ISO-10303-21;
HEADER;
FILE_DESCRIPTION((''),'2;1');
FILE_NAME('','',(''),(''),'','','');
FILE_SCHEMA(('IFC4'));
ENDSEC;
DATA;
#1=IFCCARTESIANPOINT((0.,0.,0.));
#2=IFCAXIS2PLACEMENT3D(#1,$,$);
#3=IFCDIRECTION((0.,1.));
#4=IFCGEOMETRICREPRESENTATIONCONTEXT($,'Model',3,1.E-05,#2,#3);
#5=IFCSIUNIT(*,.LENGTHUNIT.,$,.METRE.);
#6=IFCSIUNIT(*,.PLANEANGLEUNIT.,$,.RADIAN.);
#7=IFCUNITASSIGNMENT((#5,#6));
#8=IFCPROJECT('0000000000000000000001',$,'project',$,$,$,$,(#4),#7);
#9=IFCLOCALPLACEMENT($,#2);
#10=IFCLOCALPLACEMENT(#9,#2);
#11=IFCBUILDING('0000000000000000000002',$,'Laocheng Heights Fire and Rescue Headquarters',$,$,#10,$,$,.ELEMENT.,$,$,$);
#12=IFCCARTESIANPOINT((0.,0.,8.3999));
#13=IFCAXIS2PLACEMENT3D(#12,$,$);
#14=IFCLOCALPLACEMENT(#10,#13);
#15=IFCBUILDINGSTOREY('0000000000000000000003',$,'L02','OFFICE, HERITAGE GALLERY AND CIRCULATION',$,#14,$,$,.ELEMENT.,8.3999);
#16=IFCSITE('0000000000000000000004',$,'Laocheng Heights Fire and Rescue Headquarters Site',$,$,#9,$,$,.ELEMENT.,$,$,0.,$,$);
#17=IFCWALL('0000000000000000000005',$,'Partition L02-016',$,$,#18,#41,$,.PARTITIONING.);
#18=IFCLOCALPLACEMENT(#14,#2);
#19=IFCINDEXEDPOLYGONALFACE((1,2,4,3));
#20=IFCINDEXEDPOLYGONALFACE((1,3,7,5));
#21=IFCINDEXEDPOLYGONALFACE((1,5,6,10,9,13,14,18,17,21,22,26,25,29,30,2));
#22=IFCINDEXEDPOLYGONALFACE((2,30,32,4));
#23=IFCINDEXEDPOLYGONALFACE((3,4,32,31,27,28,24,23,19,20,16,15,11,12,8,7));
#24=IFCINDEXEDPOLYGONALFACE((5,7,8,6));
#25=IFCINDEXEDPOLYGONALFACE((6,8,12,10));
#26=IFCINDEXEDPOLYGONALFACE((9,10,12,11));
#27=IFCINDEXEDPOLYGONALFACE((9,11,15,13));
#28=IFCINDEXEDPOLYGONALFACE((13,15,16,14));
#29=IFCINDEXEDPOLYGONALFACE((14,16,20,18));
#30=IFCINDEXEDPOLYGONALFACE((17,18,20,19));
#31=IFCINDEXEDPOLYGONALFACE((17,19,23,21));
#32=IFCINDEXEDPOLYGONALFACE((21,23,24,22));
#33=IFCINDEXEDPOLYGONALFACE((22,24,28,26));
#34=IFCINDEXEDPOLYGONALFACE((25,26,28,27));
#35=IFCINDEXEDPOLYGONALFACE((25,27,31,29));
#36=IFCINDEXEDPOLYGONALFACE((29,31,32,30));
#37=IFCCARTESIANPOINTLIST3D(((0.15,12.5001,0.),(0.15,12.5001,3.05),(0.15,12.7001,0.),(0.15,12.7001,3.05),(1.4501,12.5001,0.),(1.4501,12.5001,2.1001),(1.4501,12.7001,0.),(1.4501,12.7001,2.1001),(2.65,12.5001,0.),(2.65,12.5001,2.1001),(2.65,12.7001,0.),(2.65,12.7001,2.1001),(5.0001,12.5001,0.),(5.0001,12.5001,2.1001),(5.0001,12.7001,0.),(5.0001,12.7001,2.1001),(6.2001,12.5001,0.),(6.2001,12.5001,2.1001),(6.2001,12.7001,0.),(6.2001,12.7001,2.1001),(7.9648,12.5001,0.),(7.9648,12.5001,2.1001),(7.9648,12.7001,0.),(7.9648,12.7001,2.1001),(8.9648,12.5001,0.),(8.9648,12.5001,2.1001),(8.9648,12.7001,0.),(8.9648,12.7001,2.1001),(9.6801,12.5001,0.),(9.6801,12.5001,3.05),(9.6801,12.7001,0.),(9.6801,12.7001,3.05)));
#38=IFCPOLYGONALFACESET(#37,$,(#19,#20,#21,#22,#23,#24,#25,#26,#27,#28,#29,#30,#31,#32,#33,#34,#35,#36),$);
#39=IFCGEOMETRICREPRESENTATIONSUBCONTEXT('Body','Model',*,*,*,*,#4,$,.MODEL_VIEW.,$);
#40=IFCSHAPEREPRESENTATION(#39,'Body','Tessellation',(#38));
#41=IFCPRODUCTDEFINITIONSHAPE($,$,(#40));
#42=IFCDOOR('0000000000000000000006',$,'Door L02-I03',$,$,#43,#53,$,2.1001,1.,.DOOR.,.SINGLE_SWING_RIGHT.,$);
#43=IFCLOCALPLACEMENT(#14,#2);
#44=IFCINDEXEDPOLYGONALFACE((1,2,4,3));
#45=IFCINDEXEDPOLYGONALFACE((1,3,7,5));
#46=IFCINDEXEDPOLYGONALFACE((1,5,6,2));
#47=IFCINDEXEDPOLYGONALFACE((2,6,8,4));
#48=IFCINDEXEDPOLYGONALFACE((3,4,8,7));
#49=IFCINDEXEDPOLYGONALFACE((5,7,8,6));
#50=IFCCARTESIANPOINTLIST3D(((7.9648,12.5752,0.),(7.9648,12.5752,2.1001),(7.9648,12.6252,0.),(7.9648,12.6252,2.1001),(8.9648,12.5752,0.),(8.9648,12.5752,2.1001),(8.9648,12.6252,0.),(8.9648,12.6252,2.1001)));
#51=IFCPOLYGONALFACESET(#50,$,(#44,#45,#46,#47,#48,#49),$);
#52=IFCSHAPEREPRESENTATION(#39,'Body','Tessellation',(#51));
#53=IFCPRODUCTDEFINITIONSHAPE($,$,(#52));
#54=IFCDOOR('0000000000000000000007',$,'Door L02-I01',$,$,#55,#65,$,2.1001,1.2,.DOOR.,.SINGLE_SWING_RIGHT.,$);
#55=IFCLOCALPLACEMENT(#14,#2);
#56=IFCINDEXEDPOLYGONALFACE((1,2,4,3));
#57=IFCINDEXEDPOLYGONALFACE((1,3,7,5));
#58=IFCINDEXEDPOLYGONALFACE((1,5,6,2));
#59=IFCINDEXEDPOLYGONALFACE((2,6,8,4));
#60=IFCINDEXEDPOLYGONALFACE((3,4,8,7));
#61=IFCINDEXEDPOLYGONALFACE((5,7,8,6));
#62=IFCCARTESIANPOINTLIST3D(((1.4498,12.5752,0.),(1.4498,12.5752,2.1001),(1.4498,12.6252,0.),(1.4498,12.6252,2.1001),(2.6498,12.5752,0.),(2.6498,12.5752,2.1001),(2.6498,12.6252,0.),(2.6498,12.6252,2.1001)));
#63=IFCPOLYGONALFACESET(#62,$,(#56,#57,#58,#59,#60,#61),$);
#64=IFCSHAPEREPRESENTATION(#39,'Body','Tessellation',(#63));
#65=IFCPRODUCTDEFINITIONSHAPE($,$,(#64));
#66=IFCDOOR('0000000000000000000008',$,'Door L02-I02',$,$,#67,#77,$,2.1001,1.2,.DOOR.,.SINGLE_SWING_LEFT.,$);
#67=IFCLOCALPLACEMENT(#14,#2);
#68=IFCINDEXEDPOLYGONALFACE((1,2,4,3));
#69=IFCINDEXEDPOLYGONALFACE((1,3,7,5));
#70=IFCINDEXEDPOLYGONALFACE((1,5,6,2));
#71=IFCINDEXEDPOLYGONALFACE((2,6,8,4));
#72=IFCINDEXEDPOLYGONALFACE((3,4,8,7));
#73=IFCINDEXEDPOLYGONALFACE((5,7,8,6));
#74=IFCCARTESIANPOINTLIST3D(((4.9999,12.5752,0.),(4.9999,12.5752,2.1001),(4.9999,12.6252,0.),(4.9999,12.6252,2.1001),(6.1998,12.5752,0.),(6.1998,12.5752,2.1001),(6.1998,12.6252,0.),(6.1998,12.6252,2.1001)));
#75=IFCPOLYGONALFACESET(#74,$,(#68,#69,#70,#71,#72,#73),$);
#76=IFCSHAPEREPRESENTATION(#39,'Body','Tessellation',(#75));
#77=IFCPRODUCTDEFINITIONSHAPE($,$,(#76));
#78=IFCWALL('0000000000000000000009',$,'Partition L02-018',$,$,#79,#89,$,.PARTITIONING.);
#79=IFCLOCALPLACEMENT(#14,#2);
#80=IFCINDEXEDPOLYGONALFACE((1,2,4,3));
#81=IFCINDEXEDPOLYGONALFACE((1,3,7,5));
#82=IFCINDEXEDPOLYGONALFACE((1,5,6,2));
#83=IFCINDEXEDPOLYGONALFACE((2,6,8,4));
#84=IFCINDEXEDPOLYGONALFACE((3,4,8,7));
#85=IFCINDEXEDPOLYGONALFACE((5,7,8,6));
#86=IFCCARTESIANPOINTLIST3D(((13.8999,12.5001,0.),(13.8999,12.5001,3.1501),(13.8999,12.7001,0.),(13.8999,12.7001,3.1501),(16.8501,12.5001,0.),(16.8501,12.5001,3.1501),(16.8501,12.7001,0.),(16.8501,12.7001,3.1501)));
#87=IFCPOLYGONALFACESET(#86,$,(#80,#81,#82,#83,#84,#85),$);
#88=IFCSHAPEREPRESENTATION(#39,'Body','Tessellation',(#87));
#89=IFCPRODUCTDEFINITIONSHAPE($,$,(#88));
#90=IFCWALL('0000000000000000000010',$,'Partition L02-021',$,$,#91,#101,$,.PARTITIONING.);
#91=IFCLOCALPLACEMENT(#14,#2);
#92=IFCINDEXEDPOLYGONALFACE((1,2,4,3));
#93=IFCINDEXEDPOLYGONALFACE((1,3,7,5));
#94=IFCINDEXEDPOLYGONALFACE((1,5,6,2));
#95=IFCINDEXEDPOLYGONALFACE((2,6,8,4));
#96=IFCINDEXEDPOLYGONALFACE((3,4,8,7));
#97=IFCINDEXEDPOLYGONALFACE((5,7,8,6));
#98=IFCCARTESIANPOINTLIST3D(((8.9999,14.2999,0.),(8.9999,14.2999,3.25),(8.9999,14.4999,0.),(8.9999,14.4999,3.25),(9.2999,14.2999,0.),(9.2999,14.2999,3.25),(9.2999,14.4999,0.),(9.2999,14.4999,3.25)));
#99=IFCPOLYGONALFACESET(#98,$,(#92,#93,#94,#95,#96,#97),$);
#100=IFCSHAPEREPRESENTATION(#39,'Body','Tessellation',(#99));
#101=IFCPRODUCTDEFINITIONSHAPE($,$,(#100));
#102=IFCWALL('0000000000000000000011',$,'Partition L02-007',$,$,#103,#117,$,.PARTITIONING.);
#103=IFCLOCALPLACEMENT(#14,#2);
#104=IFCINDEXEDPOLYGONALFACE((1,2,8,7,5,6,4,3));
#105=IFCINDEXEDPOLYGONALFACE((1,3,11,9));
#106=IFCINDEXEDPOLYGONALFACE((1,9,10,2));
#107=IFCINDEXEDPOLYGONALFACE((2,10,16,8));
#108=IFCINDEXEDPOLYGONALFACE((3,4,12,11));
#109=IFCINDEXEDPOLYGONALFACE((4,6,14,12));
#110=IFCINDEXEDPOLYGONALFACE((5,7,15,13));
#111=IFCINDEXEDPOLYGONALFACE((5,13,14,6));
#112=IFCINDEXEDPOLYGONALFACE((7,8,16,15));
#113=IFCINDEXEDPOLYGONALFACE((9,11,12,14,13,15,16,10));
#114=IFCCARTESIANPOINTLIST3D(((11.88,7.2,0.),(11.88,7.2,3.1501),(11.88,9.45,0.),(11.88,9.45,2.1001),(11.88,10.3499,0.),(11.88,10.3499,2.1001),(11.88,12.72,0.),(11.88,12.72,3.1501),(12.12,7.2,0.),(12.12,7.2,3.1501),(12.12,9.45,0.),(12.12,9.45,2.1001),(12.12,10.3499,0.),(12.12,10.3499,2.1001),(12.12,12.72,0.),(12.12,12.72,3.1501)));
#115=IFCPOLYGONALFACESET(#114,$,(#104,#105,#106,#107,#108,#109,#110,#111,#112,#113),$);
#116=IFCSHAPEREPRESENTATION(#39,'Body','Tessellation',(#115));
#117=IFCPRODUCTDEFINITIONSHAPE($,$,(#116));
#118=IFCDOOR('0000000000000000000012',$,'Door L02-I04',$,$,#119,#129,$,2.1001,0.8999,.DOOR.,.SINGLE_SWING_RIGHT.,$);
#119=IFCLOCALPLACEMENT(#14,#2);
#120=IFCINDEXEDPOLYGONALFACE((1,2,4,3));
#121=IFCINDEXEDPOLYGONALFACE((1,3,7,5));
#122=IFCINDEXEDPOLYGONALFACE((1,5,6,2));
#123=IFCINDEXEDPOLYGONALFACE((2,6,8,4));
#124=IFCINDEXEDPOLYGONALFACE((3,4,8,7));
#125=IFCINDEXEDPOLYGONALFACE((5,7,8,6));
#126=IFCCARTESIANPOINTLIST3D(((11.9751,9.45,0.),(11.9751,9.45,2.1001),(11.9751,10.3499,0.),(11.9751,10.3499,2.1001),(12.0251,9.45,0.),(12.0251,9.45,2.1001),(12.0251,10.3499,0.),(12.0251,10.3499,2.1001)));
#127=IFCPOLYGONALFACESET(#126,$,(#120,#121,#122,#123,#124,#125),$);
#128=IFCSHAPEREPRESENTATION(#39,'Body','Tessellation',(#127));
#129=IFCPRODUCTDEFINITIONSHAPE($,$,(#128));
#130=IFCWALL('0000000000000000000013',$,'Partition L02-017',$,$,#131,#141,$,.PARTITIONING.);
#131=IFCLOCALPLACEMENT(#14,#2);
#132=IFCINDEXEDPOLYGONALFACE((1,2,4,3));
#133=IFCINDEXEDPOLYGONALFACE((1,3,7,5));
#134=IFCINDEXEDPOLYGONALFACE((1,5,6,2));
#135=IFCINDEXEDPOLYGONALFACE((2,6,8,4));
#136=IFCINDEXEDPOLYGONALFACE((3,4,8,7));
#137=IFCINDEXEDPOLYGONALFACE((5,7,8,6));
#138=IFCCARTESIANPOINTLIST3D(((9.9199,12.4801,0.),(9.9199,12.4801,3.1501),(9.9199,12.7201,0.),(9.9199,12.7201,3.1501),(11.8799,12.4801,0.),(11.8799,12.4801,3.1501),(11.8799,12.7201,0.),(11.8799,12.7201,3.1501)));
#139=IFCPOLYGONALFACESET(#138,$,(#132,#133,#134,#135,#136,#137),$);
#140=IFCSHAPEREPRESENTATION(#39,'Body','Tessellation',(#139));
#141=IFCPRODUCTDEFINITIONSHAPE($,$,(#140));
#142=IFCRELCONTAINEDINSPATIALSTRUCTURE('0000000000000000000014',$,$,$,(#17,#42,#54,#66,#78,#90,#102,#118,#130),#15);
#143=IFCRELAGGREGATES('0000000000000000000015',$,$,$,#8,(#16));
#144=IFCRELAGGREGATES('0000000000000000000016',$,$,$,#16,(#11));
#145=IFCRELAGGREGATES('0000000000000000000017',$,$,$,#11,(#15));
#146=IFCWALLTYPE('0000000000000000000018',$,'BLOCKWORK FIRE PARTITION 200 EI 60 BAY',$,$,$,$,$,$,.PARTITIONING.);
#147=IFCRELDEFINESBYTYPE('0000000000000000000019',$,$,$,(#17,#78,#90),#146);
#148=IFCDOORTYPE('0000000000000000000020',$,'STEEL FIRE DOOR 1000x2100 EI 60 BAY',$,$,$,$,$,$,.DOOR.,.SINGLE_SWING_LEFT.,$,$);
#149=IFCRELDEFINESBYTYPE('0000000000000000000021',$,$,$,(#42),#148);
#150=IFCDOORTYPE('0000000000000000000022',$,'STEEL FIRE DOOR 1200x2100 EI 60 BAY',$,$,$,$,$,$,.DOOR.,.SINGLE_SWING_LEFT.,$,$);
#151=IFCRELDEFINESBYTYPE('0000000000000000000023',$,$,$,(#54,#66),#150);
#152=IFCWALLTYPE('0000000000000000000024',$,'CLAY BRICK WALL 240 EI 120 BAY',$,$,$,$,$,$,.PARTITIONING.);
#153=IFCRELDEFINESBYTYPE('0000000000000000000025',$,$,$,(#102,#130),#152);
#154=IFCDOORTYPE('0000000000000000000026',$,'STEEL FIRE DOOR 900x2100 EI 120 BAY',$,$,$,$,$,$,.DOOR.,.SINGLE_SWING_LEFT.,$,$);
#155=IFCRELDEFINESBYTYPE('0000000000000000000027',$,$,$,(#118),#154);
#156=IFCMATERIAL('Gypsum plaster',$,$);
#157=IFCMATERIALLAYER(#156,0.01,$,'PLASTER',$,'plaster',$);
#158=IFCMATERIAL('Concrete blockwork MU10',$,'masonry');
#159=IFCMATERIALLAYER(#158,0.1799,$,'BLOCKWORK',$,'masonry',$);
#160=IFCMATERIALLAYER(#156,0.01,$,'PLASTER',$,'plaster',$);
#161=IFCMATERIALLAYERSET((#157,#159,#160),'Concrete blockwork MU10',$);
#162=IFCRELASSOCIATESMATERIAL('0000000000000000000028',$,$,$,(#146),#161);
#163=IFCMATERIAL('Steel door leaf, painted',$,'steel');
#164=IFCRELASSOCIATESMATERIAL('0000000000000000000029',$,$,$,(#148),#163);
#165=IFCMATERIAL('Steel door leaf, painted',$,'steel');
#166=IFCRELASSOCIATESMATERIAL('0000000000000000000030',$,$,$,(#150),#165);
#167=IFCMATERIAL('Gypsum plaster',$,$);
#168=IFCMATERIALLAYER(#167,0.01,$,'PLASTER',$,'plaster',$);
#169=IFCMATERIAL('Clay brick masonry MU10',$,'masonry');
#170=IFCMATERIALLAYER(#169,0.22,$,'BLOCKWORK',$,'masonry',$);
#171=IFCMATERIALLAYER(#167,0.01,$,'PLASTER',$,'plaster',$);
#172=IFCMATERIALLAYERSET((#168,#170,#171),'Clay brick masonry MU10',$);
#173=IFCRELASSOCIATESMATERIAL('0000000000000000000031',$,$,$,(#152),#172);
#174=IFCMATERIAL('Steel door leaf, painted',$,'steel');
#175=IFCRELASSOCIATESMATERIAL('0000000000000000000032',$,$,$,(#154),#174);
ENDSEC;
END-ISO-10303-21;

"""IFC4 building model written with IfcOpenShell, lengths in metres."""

from ifc_helpers import new_model, si_unit, direction, frame, frame_2d, origin, place, context, subcontext, project, spatial, rectangle, extrude, material, layer, layer_set, type_object, element, fill, save


model = new_model("IFC4")

# Units and contexts
model_context = context("Model", 3, precision=1e-05, world=origin(), true_north=direction((0.0, 1.0)))
body_context = subcontext(model_context, "Body", "Model", "MODEL_VIEW")
ifc_project = project(units=[si_unit("LENGTHUNIT", "METRE"), si_unit("PLANEANGLEUNIT", "RADIAN")], contexts=[model_context])

# Site, building, storey
site_placement = place(None, origin())
site = spatial("IfcSite", under=ifc_project, at=site_placement, Name="Laocheng Heights Fire and Rescue Headquarters Site", CompositionType="ELEMENT", RefElevation=0.0)
building_placement = place(site_placement, origin())
building = spatial("IfcBuilding", under=site, at=building_placement, Name="Laocheng Heights Fire and Rescue Headquarters", CompositionType="ELEMENT")
storey_placement = place(building_placement, frame((0.0, 0.0, 8.3999)))
storey = spatial("IfcBuildingStorey", under=building, at=storey_placement, Name="L02", Description="OFFICE, HERITAGE GALLERY AND CIRCULATION", CompositionType="ELEMENT", Elevation=8.3999)

# Shared definitions
ifc_material_1 = material(Name="Gypsum plaster")
ifc_layer_1 = layer(ifc_material_1, 0.01, Name="PLASTER", Category="plaster")
ifc_material_2 = material(Name="Concrete blockwork MU10", Category="masonry")
ifc_layer_2 = layer(ifc_material_2, 0.1799, Name="BLOCKWORK", Category="masonry")
ifc_layer_3 = layer(ifc_material_1, 0.01, Name="PLASTER", Category="plaster")
ifc_layer_set_1 = layer_set([ifc_layer_1, ifc_layer_2, ifc_layer_3], Name="Concrete blockwork MU10")
wall_type_1 = type_object("IfcWallType", Name="BLOCKWORK FIRE PARTITION 200 EI 60 BAY", PredefinedType="PARTITIONING", material=ifc_layer_set_1)

# Shared definitions
ifc_material_3 = material(Name="Steel door leaf, painted", Category="steel")
door_type_1 = type_object("IfcDoorType", Name="STEEL FIRE DOOR 1000x2100 EI 60 BAY", OperationType="SINGLE_SWING_LEFT", PredefinedType="DOOR", material=ifc_material_3)

# Wall, openings, doors
wall_1_placement = place(storey_placement, frame((0.1499, 12.6001, 0.0), z_axis=(0.0, 0.0, 1.0), x_axis=(1.0, 0.0, 0.0)))
wall_1 = element("IfcWall", 1, at=wall_1_placement, inside=storey, type_object=wall_type_1, Name="Partition L02-016", PredefinedType="PARTITIONING", context=body_context, shape_type="SweptSolid", body=[
    extrude(rectangle(XDim=9.53, YDim=0.2, at=frame_2d((4.7651, 0.0))), origin(), (0.0, 0.0, 1.0), 3.05),
])
opening_1_placement = place(wall_1_placement, frame((1.3, 0.0, 0.0)))
opening_1 = element("IfcOpeningElement", 2, at=opening_1_placement, cuts=wall_1, PredefinedType="OPENING", context=body_context, shape_type="SweptSolid", body=[
    extrude(rectangle(XDim=1.2, YDim=2.1001, at=frame_2d((0.6001, 1.05))), frame((0.0, 0.1099, 0.0), z_axis=(0.0, -1.0, 0.0), x_axis=(1.0, 0.0, 0.0)), (0.0, 0.0, 1.0), 0.22),
])
opening_2_placement = place(wall_1_placement, frame((4.8501, 0.0, 0.0)))
opening_2 = element("IfcOpeningElement", 3, at=opening_2_placement, cuts=wall_1, PredefinedType="OPENING", context=body_context, shape_type="SweptSolid", body=[
    extrude(rectangle(XDim=1.2, YDim=2.1001, at=frame_2d((0.6001, 1.05))), frame((0.0, 0.1099, 0.0), z_axis=(0.0, -1.0, 0.0), x_axis=(1.0, 0.0, 0.0)), (0.0, 0.0, 1.0), 0.22),
])
opening_3_placement = place(wall_1_placement, frame((7.8149, 0.0, 0.0)))
opening_3 = element("IfcOpeningElement", 4, at=opening_3_placement, cuts=wall_1, PredefinedType="OPENING", context=body_context, shape_type="SweptSolid", body=[
    extrude(rectangle(XDim=1.0, YDim=2.1001, at=frame_2d((0.5, 1.05))), frame((0.0, 0.1099, 0.0), z_axis=(0.0, -1.0, 0.0), x_axis=(1.0, 0.0, 0.0)), (0.0, 0.0, 1.0), 0.22),
])
door_1_placement = place(opening_3_placement, frame((1.0, 0.0, 0.0), z_axis=(0.0, 0.0, 1.0), x_axis=(-1.0, 0.0, 0.0)))
door_1 = element("IfcDoor", 5, at=door_1_placement, inside=storey, type_object=door_type_1, Name="Door L02-I03", OperationType="SINGLE_SWING_RIGHT", OverallHeight=2.1001, OverallWidth=1.0, PredefinedType="DOOR", context=body_context, shape_type="SweptSolid", body=[
    extrude(rectangle(XDim=1.0, YDim=2.1001, at=frame_2d((0.5, 1.05))), frame((0.0, 0.0249, 0.0), z_axis=(0.0, -1.0, 0.0), x_axis=(1.0, 0.0, 0.0)), (0.0, 0.0, 1.0), 0.05),
])
fill(opening_3, door_1)
ifc_material_4 = material(Name="Steel door leaf, painted", Category="steel")
door_type_2 = type_object("IfcDoorType", Name="STEEL FIRE DOOR 1200x2100 EI 60 BAY", OperationType="SINGLE_SWING_LEFT", PredefinedType="DOOR", material=ifc_material_4)
door_2_placement = place(opening_1_placement, frame((1.2, 0.0, 0.0), z_axis=(0.0, 0.0, 1.0), x_axis=(-1.0, 0.0, 0.0)))
door_2 = element("IfcDoor", 6, at=door_2_placement, inside=storey, type_object=door_type_2, Name="Door L02-I01", OperationType="SINGLE_SWING_RIGHT", OverallHeight=2.1001, OverallWidth=1.2, PredefinedType="DOOR", context=body_context, shape_type="SweptSolid", body=[
    extrude(rectangle(XDim=1.2, YDim=2.1001, at=frame_2d((0.6001, 1.05))), frame((0.0, 0.0249, 0.0), z_axis=(0.0, -1.0, 0.0), x_axis=(1.0, 0.0, 0.0)), (0.0, 0.0, 1.0), 0.05),
])
fill(opening_1, door_2)
door_3_placement = place(opening_2_placement, frame((1.2, 0.0, 0.0), z_axis=(0.0, 0.0, 1.0), x_axis=(-1.0, 0.0, 0.0)))
door_3 = element("IfcDoor", 7, at=door_3_placement, inside=storey, type_object=door_type_2, Name="Door L02-I02", OperationType="SINGLE_SWING_LEFT", OverallHeight=2.1001, OverallWidth=1.2, PredefinedType="DOOR", context=body_context, shape_type="SweptSolid", body=[
    extrude(rectangle(XDim=1.2, YDim=2.1001, at=frame_2d((0.6001, 1.05))), frame((0.0, 0.0249, 0.0), z_axis=(0.0, -1.0, 0.0), x_axis=(1.0, 0.0, 0.0)), (0.0, 0.0, 1.0), 0.05),
])
fill(opening_2, door_3)

# Walls
wall_2_placement = place(storey_placement, frame((13.8999, 12.6001, 0.0), z_axis=(0.0, 0.0, 1.0), x_axis=(1.0, 0.0, 0.0)))
element("IfcWall", 8, at=wall_2_placement, inside=storey, type_object=wall_type_1, Name="Partition L02-018", PredefinedType="PARTITIONING", context=body_context, shape_type="SweptSolid", body=[
    extrude(rectangle(XDim=2.9502, YDim=0.2, at=frame_2d((1.4751, 0.0))), origin(), (0.0, 0.0, 1.0), 3.1501),
])
wall_3_placement = place(storey_placement, frame((9.0, 14.3999, 0.0), z_axis=(0.0, 0.0, 1.0), x_axis=(1.0, 0.0, 0.0)))
element("IfcWall", 9, at=wall_3_placement, inside=storey, type_object=wall_type_1, Name="Partition L02-021", PredefinedType="PARTITIONING", context=body_context, shape_type="SweptSolid", body=[
    extrude(rectangle(XDim=0.3, YDim=0.2, at=frame_2d((0.1499, 0.0))), origin(), (0.0, 0.0, 1.0), 3.25),
])

# Wall, opening, door
ifc_material_5 = material(Name="Gypsum plaster")
ifc_layer_4 = layer(ifc_material_5, 0.01, Name="PLASTER", Category="plaster")
ifc_material_6 = material(Name="Clay brick masonry MU10", Category="masonry")
ifc_layer_5 = layer(ifc_material_6, 0.22, Name="BLOCKWORK", Category="masonry")
ifc_layer_6 = layer(ifc_material_5, 0.01, Name="PLASTER", Category="plaster")
ifc_layer_set_2 = layer_set([ifc_layer_4, ifc_layer_5, ifc_layer_6], Name="Clay brick masonry MU10")
wall_type_2 = type_object("IfcWallType", Name="CLAY BRICK WALL 240 EI 120 BAY", PredefinedType="PARTITIONING", material=ifc_layer_set_2)
wall_4_placement = place(storey_placement, frame((12.0, 7.2, 0.0), z_axis=(0.0, 0.0, 1.0), x_axis=(0.0, 1.0, 0.0)))
wall_4 = element("IfcWall", 10, at=wall_4_placement, inside=storey, type_object=wall_type_2, Name="Partition L02-007", PredefinedType="PARTITIONING", context=body_context, shape_type="SweptSolid", body=[
    extrude(rectangle(XDim=5.52, YDim=0.24, at=frame_2d((2.76, 0.0))), origin(), (0.0, 0.0, 1.0), 3.1501),
])
opening_4_placement = place(wall_4_placement, frame((2.25, 0.0, 0.0)))
opening_4 = element("IfcOpeningElement", 11, at=opening_4_placement, cuts=wall_4, PredefinedType="OPENING", context=body_context, shape_type="SweptSolid", body=[
    extrude(rectangle(XDim=0.8999, YDim=2.1001, at=frame_2d((0.45, 1.05))), frame((0.0, 0.1299, 0.0), z_axis=(0.0, -1.0, 0.0), x_axis=(1.0, 0.0, 0.0)), (0.0, 0.0, 1.0), 0.26),
])
ifc_material_7 = material(Name="Steel door leaf, painted", Category="steel")
door_type_3 = type_object("IfcDoorType", Name="STEEL FIRE DOOR 900x2100 EI 120 BAY", OperationType="SINGLE_SWING_LEFT", PredefinedType="DOOR", material=ifc_material_7)
door_4_placement = place(opening_4_placement, origin())
door_4 = element("IfcDoor", 12, at=door_4_placement, inside=storey, type_object=door_type_3, Name="Door L02-I04", OperationType="SINGLE_SWING_RIGHT", OverallHeight=2.1001, OverallWidth=0.8999, PredefinedType="DOOR", context=body_context, shape_type="SweptSolid", body=[
    extrude(rectangle(XDim=0.8999, YDim=2.1001, at=frame_2d((0.45, 1.05))), frame((0.0, 0.0249, 0.0), z_axis=(0.0, -1.0, 0.0), x_axis=(1.0, 0.0, 0.0)), (0.0, 0.0, 1.0), 0.05),
])
fill(opening_4, door_4)

# Wall
wall_5_placement = place(storey_placement, frame((9.9199, 12.6001, 0.0), z_axis=(0.0, 0.0, 1.0), x_axis=(1.0, 0.0, 0.0)))
element("IfcWall", 13, at=wall_5_placement, inside=storey, type_object=wall_type_2, Name="Partition L02-017", PredefinedType="PARTITIONING", context=body_context, shape_type="SweptSolid", body=[
    extrude(rectangle(XDim=1.96, YDim=0.24, at=frame_2d((0.98, 0.0))), origin(), (0.0, 0.0, 1.0), 3.1501),
])

save(model, "model.ifc")
